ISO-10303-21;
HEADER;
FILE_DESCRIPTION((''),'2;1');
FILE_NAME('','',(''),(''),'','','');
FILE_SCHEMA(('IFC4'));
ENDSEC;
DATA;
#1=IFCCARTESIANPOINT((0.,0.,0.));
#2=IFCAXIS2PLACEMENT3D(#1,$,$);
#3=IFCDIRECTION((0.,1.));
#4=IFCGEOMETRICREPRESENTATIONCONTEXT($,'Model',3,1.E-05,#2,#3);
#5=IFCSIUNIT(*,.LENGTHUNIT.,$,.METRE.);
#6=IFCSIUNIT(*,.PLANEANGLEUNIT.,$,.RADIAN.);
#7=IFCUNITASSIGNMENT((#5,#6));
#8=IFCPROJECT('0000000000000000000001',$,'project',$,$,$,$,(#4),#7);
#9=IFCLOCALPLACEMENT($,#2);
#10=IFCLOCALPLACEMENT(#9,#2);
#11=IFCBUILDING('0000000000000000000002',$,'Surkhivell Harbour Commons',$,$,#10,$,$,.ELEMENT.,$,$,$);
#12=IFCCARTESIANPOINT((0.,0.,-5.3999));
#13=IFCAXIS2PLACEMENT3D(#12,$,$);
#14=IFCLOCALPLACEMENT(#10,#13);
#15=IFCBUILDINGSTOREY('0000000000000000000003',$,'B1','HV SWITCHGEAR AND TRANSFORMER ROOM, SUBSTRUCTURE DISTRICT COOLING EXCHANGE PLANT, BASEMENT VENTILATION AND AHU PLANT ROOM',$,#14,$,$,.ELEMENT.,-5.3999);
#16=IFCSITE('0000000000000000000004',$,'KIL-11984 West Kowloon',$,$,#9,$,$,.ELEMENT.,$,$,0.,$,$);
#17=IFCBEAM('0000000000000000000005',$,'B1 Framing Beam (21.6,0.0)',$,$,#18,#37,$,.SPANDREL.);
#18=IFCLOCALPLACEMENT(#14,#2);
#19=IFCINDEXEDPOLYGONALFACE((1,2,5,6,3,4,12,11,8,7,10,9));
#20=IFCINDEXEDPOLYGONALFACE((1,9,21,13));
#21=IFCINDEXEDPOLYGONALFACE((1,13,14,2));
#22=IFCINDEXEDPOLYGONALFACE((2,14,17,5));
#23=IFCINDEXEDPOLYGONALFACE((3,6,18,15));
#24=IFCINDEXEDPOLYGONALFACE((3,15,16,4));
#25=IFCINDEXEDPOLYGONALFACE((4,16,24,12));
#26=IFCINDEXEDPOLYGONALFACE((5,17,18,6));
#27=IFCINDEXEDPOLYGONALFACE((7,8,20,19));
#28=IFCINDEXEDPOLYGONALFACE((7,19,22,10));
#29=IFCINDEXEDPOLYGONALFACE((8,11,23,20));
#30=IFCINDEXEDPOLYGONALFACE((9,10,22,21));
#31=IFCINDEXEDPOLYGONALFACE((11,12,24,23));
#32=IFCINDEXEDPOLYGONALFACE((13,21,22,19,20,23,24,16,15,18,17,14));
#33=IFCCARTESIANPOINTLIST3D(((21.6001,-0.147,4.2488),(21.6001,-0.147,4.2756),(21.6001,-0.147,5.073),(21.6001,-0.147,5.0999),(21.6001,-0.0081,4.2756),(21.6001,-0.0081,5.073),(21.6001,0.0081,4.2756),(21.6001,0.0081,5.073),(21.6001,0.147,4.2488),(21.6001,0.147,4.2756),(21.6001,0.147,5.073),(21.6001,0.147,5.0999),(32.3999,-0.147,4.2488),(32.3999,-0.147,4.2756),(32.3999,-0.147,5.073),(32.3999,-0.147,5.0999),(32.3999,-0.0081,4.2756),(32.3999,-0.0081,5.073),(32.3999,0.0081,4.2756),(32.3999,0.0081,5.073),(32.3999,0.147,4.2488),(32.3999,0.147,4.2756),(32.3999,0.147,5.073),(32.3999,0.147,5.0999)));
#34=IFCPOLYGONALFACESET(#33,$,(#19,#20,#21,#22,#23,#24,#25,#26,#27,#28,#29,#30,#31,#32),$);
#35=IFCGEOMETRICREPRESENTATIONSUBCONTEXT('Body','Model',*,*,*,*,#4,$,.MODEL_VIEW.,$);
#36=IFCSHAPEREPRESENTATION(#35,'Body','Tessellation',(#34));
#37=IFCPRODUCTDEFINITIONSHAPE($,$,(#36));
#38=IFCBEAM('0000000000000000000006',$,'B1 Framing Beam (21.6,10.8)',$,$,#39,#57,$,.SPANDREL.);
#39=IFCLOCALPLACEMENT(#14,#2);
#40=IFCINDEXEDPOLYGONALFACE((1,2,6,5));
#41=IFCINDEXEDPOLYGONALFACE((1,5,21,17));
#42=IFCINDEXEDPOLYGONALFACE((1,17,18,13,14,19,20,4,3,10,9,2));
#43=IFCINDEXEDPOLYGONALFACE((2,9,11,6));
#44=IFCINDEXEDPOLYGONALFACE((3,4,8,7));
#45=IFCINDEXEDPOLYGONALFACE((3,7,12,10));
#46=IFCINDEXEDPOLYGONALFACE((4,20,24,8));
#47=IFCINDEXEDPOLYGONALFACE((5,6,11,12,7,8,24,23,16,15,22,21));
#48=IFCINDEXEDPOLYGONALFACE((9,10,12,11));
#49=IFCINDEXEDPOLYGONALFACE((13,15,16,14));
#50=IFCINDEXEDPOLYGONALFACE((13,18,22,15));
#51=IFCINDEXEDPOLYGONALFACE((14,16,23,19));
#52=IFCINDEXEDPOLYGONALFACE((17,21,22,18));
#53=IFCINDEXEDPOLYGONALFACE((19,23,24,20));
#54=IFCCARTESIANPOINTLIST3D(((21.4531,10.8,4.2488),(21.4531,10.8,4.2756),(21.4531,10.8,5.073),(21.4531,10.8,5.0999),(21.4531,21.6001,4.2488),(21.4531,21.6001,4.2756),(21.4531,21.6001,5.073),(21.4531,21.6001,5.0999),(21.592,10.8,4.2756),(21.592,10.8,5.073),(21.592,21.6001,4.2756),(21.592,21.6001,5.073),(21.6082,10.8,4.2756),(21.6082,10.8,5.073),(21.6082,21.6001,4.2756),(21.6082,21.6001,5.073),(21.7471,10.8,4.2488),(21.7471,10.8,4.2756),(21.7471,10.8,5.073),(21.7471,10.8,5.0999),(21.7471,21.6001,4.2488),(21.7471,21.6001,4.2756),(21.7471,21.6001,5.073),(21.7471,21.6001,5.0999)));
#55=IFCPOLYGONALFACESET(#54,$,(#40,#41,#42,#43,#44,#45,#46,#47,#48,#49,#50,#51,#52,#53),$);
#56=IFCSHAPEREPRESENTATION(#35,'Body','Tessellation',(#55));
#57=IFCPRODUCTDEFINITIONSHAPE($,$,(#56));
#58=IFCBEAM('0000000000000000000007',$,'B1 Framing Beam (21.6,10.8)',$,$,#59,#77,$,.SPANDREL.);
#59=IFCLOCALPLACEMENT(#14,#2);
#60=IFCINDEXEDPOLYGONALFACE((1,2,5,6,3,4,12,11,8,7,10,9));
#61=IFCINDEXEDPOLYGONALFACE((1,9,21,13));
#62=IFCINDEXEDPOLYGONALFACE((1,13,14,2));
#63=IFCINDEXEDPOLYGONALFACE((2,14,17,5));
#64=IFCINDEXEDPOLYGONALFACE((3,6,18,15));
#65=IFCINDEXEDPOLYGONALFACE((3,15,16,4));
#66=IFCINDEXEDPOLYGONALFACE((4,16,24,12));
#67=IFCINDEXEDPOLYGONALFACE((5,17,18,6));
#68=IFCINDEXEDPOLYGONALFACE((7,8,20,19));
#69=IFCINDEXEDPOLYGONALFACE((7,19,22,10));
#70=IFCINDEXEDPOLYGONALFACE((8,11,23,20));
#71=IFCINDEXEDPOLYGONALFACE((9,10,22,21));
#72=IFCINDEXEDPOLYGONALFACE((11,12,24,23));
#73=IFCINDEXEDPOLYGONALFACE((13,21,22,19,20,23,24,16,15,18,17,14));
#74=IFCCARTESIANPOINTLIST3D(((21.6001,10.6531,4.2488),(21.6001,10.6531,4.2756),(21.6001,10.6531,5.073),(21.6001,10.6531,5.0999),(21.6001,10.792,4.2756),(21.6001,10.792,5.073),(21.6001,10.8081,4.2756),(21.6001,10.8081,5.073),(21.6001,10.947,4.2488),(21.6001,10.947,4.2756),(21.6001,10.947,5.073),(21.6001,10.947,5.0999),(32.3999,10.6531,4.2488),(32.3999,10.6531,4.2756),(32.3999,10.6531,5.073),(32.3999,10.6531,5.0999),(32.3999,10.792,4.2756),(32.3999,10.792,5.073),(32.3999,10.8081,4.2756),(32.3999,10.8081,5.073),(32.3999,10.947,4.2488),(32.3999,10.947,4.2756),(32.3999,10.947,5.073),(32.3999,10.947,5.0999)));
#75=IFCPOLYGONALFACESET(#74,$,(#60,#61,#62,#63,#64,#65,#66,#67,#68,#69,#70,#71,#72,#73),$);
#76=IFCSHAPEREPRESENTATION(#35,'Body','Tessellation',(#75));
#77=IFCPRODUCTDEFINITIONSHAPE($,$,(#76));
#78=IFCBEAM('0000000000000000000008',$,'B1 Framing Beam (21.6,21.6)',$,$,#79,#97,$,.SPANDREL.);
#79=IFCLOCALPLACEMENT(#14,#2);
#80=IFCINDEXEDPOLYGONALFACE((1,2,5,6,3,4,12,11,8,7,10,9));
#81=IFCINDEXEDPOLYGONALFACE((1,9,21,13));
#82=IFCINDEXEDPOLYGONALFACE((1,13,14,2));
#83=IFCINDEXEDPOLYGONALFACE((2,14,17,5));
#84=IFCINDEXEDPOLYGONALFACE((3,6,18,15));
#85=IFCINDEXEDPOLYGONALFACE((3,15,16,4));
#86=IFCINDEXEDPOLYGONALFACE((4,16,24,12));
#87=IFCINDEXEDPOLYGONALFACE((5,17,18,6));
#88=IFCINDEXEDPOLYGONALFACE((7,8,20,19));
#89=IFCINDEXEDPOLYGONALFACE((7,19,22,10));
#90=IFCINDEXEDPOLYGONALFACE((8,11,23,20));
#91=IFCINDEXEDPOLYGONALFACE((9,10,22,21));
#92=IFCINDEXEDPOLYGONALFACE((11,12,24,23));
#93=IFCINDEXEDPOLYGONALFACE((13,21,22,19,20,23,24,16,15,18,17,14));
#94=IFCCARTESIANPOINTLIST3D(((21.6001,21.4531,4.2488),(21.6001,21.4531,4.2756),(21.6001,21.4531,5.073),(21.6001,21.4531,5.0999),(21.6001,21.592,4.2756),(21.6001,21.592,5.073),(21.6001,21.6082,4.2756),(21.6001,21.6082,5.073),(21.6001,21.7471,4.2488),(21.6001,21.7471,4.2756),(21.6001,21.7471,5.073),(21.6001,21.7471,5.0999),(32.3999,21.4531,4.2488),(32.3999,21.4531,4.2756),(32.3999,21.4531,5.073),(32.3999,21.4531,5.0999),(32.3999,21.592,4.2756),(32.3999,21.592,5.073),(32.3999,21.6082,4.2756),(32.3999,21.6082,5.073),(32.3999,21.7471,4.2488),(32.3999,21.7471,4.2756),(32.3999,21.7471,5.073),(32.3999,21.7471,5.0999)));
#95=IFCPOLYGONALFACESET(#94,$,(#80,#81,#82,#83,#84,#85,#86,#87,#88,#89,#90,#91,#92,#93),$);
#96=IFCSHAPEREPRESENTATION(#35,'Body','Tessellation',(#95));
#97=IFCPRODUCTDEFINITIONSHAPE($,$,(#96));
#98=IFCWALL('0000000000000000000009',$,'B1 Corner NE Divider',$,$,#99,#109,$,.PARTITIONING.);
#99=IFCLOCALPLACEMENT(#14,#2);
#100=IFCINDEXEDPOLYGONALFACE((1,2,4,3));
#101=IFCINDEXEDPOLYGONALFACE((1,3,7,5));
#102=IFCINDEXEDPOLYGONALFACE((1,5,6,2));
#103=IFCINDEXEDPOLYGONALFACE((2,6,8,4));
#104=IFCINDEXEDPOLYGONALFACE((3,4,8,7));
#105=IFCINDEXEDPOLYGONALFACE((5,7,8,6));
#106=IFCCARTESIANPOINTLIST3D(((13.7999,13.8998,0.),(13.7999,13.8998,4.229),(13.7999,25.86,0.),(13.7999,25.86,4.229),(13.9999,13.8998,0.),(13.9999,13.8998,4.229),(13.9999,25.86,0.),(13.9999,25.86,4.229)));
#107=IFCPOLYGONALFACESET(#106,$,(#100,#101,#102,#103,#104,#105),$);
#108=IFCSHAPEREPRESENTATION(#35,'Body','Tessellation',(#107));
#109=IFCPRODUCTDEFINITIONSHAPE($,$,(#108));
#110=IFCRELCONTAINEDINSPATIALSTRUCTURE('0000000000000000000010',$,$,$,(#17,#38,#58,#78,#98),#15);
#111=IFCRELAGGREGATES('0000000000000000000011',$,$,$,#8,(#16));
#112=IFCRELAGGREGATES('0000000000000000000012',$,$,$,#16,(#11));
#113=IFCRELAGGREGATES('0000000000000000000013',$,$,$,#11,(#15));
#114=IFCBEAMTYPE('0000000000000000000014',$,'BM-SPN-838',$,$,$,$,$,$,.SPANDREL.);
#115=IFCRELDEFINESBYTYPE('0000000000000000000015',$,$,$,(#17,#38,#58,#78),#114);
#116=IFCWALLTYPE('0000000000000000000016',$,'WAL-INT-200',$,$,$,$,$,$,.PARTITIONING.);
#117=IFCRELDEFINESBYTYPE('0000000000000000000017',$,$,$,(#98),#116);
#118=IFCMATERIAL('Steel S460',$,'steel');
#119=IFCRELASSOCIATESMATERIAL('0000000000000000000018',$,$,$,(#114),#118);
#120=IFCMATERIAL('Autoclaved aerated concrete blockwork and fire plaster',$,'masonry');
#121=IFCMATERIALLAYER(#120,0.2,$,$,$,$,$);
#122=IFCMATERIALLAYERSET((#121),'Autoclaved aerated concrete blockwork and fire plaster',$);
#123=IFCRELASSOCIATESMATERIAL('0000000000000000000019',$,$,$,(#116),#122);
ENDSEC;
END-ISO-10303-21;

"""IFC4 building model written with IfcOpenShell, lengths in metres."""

from ifc_helpers import new_model, si_unit, direction, frame, frame_2d, origin, origin_2d, place, context, subcontext, project, spatial, rectangle, i_section, extrude, material, layer, layer_set, material_profile, profile_set, type_object, element, save


model = new_model("IFC4")

# Units and contexts
model_context = context("Model", 3, precision=1e-05, world=origin(), true_north=direction((0.0, 1.0)))
body_context = subcontext(model_context, "Body", "Model", "MODEL_VIEW")
ifc_project = project(units=[si_unit("LENGTHUNIT", "METRE"), si_unit("PLANEANGLEUNIT", "RADIAN")], contexts=[model_context])

# Site, building, storey
site_placement = place(None, origin())
site = spatial("IfcSite", under=ifc_project, at=site_placement, Name="KIL-11984 West Kowloon", CompositionType="ELEMENT", RefElevation=0.0)
building_placement = place(site_placement, origin())
building = spatial("IfcBuilding", under=site, at=building_placement, Name="Surkhivell Harbour Commons", CompositionType="ELEMENT")
storey_placement = place(building_placement, frame((0.0, 0.0, -5.3999)))
storey = spatial("IfcBuildingStorey", under=building, at=storey_placement, Name="B1", Description="HV SWITCHGEAR AND TRANSFORMER ROOM, SUBSTRUCTURE DISTRICT COOLING EXCHANGE PLANT, BASEMENT VENTILATION AND AHU PLANT ROOM", CompositionType="ELEMENT", Elevation=-5.3999)

# Beams
ifc_material_1 = material(Name="Steel S460", Category="steel")
ifc_material_profile_1 = material_profile(ifc_material_1, i_section(OverallWidth=0.2939, OverallDepth=0.8511, WebThickness=0.0161, FlangeThickness=0.0269, at=origin_2d()), Name="UB838x292x226")
ifc_profile_set_1 = profile_set([ifc_material_profile_1], Name="Steel S460")
beam_type = type_object("IfcBeamType", Name="BM-SPN-838", PredefinedType="SPANDREL", material=ifc_profile_set_1)
beam_1_placement = place(storey_placement, frame((21.6001, 0.0, 4.6743), z_axis=(1.0, 0.0, 0.0), x_axis=(0.0, 1.0, 0.0)))
element("IfcBeam", 1, at=beam_1_placement, inside=storey, type_object=beam_type, Name="B1 Framing Beam (21.6,0.0)", PredefinedType="SPANDREL", context=body_context, shape_type="SweptSolid", body=[
    extrude(i_section(OverallWidth=0.2939, OverallDepth=0.8511, WebThickness=0.0161, FlangeThickness=0.0269, at=origin_2d()), origin(), (0.0, 0.0, 1.0), 10.7998),
])
beam_2_placement = place(storey_placement, frame((21.6001, 10.8, 4.6743), z_axis=(0.0, 1.0, 0.0), x_axis=(-1.0, 0.0, 0.0)))
element("IfcBeam", 2, at=beam_2_placement, inside=storey, type_object=beam_type, Name="B1 Framing Beam (21.6,10.8)", PredefinedType="SPANDREL", context=body_context, shape_type="SweptSolid", body=[
    extrude(i_section(OverallWidth=0.2939, OverallDepth=0.8511, WebThickness=0.0161, FlangeThickness=0.0269, at=origin_2d()), origin(), (0.0, 0.0, 1.0), 10.8),
])
for number, where, z_axis, x_axis, name in (
    (3, (21.6001, 10.8, 4.6743), (1.0, 0.0, 0.0), (0.0, 1.0, 0.0), "B1 Framing Beam (21.6,10.8)"),
    (4, (21.6001, 21.6001, 4.6743), (1.0, 0.0, 0.0), (0.0, 1.0, 0.0), "B1 Framing Beam (21.6,21.6)"),
):
    element("IfcBeam", number, at=place(storey_placement, frame(where, z_axis=z_axis, x_axis=x_axis)), inside=storey, type_object=beam_type, Name=name, PredefinedType="SPANDREL", context=body_context, shape_type="SweptSolid", body=[
        extrude(i_section(OverallWidth=0.2939, OverallDepth=0.8511, WebThickness=0.0161, FlangeThickness=0.0269, at=origin_2d()), origin(), (0.0, 0.0, 1.0), 10.7998),
    ])

# Wall
ifc_material_2 = material(Name="Autoclaved aerated concrete blockwork and fire plaster", Category="masonry")
ifc_layer = layer(ifc_material_2, 0.2)
ifc_layer_set = layer_set([ifc_layer], Name="Autoclaved aerated concrete blockwork and fire plaster")
wall_type = type_object("IfcWallType", Name="WAL-INT-200", PredefinedType="PARTITIONING", material=ifc_layer_set)
wall_placement = place(storey_placement, frame((13.8999, 13.8999, 0.0), z_axis=(0.0, 0.0, 1.0), x_axis=(0.0, 1.0, 0.0)))
element("IfcWall", 5, at=wall_placement, inside=storey, type_object=wall_type, Name="B1 Corner NE Divider", PredefinedType="PARTITIONING", context=body_context, shape_type="SweptSolid", body=[
    extrude(rectangle(XDim=11.9602, YDim=0.2, at=frame_2d((5.98, 0.0))), origin(), (0.0, 0.0, 1.0), 4.229),
])

save(model, "model.ifc")
